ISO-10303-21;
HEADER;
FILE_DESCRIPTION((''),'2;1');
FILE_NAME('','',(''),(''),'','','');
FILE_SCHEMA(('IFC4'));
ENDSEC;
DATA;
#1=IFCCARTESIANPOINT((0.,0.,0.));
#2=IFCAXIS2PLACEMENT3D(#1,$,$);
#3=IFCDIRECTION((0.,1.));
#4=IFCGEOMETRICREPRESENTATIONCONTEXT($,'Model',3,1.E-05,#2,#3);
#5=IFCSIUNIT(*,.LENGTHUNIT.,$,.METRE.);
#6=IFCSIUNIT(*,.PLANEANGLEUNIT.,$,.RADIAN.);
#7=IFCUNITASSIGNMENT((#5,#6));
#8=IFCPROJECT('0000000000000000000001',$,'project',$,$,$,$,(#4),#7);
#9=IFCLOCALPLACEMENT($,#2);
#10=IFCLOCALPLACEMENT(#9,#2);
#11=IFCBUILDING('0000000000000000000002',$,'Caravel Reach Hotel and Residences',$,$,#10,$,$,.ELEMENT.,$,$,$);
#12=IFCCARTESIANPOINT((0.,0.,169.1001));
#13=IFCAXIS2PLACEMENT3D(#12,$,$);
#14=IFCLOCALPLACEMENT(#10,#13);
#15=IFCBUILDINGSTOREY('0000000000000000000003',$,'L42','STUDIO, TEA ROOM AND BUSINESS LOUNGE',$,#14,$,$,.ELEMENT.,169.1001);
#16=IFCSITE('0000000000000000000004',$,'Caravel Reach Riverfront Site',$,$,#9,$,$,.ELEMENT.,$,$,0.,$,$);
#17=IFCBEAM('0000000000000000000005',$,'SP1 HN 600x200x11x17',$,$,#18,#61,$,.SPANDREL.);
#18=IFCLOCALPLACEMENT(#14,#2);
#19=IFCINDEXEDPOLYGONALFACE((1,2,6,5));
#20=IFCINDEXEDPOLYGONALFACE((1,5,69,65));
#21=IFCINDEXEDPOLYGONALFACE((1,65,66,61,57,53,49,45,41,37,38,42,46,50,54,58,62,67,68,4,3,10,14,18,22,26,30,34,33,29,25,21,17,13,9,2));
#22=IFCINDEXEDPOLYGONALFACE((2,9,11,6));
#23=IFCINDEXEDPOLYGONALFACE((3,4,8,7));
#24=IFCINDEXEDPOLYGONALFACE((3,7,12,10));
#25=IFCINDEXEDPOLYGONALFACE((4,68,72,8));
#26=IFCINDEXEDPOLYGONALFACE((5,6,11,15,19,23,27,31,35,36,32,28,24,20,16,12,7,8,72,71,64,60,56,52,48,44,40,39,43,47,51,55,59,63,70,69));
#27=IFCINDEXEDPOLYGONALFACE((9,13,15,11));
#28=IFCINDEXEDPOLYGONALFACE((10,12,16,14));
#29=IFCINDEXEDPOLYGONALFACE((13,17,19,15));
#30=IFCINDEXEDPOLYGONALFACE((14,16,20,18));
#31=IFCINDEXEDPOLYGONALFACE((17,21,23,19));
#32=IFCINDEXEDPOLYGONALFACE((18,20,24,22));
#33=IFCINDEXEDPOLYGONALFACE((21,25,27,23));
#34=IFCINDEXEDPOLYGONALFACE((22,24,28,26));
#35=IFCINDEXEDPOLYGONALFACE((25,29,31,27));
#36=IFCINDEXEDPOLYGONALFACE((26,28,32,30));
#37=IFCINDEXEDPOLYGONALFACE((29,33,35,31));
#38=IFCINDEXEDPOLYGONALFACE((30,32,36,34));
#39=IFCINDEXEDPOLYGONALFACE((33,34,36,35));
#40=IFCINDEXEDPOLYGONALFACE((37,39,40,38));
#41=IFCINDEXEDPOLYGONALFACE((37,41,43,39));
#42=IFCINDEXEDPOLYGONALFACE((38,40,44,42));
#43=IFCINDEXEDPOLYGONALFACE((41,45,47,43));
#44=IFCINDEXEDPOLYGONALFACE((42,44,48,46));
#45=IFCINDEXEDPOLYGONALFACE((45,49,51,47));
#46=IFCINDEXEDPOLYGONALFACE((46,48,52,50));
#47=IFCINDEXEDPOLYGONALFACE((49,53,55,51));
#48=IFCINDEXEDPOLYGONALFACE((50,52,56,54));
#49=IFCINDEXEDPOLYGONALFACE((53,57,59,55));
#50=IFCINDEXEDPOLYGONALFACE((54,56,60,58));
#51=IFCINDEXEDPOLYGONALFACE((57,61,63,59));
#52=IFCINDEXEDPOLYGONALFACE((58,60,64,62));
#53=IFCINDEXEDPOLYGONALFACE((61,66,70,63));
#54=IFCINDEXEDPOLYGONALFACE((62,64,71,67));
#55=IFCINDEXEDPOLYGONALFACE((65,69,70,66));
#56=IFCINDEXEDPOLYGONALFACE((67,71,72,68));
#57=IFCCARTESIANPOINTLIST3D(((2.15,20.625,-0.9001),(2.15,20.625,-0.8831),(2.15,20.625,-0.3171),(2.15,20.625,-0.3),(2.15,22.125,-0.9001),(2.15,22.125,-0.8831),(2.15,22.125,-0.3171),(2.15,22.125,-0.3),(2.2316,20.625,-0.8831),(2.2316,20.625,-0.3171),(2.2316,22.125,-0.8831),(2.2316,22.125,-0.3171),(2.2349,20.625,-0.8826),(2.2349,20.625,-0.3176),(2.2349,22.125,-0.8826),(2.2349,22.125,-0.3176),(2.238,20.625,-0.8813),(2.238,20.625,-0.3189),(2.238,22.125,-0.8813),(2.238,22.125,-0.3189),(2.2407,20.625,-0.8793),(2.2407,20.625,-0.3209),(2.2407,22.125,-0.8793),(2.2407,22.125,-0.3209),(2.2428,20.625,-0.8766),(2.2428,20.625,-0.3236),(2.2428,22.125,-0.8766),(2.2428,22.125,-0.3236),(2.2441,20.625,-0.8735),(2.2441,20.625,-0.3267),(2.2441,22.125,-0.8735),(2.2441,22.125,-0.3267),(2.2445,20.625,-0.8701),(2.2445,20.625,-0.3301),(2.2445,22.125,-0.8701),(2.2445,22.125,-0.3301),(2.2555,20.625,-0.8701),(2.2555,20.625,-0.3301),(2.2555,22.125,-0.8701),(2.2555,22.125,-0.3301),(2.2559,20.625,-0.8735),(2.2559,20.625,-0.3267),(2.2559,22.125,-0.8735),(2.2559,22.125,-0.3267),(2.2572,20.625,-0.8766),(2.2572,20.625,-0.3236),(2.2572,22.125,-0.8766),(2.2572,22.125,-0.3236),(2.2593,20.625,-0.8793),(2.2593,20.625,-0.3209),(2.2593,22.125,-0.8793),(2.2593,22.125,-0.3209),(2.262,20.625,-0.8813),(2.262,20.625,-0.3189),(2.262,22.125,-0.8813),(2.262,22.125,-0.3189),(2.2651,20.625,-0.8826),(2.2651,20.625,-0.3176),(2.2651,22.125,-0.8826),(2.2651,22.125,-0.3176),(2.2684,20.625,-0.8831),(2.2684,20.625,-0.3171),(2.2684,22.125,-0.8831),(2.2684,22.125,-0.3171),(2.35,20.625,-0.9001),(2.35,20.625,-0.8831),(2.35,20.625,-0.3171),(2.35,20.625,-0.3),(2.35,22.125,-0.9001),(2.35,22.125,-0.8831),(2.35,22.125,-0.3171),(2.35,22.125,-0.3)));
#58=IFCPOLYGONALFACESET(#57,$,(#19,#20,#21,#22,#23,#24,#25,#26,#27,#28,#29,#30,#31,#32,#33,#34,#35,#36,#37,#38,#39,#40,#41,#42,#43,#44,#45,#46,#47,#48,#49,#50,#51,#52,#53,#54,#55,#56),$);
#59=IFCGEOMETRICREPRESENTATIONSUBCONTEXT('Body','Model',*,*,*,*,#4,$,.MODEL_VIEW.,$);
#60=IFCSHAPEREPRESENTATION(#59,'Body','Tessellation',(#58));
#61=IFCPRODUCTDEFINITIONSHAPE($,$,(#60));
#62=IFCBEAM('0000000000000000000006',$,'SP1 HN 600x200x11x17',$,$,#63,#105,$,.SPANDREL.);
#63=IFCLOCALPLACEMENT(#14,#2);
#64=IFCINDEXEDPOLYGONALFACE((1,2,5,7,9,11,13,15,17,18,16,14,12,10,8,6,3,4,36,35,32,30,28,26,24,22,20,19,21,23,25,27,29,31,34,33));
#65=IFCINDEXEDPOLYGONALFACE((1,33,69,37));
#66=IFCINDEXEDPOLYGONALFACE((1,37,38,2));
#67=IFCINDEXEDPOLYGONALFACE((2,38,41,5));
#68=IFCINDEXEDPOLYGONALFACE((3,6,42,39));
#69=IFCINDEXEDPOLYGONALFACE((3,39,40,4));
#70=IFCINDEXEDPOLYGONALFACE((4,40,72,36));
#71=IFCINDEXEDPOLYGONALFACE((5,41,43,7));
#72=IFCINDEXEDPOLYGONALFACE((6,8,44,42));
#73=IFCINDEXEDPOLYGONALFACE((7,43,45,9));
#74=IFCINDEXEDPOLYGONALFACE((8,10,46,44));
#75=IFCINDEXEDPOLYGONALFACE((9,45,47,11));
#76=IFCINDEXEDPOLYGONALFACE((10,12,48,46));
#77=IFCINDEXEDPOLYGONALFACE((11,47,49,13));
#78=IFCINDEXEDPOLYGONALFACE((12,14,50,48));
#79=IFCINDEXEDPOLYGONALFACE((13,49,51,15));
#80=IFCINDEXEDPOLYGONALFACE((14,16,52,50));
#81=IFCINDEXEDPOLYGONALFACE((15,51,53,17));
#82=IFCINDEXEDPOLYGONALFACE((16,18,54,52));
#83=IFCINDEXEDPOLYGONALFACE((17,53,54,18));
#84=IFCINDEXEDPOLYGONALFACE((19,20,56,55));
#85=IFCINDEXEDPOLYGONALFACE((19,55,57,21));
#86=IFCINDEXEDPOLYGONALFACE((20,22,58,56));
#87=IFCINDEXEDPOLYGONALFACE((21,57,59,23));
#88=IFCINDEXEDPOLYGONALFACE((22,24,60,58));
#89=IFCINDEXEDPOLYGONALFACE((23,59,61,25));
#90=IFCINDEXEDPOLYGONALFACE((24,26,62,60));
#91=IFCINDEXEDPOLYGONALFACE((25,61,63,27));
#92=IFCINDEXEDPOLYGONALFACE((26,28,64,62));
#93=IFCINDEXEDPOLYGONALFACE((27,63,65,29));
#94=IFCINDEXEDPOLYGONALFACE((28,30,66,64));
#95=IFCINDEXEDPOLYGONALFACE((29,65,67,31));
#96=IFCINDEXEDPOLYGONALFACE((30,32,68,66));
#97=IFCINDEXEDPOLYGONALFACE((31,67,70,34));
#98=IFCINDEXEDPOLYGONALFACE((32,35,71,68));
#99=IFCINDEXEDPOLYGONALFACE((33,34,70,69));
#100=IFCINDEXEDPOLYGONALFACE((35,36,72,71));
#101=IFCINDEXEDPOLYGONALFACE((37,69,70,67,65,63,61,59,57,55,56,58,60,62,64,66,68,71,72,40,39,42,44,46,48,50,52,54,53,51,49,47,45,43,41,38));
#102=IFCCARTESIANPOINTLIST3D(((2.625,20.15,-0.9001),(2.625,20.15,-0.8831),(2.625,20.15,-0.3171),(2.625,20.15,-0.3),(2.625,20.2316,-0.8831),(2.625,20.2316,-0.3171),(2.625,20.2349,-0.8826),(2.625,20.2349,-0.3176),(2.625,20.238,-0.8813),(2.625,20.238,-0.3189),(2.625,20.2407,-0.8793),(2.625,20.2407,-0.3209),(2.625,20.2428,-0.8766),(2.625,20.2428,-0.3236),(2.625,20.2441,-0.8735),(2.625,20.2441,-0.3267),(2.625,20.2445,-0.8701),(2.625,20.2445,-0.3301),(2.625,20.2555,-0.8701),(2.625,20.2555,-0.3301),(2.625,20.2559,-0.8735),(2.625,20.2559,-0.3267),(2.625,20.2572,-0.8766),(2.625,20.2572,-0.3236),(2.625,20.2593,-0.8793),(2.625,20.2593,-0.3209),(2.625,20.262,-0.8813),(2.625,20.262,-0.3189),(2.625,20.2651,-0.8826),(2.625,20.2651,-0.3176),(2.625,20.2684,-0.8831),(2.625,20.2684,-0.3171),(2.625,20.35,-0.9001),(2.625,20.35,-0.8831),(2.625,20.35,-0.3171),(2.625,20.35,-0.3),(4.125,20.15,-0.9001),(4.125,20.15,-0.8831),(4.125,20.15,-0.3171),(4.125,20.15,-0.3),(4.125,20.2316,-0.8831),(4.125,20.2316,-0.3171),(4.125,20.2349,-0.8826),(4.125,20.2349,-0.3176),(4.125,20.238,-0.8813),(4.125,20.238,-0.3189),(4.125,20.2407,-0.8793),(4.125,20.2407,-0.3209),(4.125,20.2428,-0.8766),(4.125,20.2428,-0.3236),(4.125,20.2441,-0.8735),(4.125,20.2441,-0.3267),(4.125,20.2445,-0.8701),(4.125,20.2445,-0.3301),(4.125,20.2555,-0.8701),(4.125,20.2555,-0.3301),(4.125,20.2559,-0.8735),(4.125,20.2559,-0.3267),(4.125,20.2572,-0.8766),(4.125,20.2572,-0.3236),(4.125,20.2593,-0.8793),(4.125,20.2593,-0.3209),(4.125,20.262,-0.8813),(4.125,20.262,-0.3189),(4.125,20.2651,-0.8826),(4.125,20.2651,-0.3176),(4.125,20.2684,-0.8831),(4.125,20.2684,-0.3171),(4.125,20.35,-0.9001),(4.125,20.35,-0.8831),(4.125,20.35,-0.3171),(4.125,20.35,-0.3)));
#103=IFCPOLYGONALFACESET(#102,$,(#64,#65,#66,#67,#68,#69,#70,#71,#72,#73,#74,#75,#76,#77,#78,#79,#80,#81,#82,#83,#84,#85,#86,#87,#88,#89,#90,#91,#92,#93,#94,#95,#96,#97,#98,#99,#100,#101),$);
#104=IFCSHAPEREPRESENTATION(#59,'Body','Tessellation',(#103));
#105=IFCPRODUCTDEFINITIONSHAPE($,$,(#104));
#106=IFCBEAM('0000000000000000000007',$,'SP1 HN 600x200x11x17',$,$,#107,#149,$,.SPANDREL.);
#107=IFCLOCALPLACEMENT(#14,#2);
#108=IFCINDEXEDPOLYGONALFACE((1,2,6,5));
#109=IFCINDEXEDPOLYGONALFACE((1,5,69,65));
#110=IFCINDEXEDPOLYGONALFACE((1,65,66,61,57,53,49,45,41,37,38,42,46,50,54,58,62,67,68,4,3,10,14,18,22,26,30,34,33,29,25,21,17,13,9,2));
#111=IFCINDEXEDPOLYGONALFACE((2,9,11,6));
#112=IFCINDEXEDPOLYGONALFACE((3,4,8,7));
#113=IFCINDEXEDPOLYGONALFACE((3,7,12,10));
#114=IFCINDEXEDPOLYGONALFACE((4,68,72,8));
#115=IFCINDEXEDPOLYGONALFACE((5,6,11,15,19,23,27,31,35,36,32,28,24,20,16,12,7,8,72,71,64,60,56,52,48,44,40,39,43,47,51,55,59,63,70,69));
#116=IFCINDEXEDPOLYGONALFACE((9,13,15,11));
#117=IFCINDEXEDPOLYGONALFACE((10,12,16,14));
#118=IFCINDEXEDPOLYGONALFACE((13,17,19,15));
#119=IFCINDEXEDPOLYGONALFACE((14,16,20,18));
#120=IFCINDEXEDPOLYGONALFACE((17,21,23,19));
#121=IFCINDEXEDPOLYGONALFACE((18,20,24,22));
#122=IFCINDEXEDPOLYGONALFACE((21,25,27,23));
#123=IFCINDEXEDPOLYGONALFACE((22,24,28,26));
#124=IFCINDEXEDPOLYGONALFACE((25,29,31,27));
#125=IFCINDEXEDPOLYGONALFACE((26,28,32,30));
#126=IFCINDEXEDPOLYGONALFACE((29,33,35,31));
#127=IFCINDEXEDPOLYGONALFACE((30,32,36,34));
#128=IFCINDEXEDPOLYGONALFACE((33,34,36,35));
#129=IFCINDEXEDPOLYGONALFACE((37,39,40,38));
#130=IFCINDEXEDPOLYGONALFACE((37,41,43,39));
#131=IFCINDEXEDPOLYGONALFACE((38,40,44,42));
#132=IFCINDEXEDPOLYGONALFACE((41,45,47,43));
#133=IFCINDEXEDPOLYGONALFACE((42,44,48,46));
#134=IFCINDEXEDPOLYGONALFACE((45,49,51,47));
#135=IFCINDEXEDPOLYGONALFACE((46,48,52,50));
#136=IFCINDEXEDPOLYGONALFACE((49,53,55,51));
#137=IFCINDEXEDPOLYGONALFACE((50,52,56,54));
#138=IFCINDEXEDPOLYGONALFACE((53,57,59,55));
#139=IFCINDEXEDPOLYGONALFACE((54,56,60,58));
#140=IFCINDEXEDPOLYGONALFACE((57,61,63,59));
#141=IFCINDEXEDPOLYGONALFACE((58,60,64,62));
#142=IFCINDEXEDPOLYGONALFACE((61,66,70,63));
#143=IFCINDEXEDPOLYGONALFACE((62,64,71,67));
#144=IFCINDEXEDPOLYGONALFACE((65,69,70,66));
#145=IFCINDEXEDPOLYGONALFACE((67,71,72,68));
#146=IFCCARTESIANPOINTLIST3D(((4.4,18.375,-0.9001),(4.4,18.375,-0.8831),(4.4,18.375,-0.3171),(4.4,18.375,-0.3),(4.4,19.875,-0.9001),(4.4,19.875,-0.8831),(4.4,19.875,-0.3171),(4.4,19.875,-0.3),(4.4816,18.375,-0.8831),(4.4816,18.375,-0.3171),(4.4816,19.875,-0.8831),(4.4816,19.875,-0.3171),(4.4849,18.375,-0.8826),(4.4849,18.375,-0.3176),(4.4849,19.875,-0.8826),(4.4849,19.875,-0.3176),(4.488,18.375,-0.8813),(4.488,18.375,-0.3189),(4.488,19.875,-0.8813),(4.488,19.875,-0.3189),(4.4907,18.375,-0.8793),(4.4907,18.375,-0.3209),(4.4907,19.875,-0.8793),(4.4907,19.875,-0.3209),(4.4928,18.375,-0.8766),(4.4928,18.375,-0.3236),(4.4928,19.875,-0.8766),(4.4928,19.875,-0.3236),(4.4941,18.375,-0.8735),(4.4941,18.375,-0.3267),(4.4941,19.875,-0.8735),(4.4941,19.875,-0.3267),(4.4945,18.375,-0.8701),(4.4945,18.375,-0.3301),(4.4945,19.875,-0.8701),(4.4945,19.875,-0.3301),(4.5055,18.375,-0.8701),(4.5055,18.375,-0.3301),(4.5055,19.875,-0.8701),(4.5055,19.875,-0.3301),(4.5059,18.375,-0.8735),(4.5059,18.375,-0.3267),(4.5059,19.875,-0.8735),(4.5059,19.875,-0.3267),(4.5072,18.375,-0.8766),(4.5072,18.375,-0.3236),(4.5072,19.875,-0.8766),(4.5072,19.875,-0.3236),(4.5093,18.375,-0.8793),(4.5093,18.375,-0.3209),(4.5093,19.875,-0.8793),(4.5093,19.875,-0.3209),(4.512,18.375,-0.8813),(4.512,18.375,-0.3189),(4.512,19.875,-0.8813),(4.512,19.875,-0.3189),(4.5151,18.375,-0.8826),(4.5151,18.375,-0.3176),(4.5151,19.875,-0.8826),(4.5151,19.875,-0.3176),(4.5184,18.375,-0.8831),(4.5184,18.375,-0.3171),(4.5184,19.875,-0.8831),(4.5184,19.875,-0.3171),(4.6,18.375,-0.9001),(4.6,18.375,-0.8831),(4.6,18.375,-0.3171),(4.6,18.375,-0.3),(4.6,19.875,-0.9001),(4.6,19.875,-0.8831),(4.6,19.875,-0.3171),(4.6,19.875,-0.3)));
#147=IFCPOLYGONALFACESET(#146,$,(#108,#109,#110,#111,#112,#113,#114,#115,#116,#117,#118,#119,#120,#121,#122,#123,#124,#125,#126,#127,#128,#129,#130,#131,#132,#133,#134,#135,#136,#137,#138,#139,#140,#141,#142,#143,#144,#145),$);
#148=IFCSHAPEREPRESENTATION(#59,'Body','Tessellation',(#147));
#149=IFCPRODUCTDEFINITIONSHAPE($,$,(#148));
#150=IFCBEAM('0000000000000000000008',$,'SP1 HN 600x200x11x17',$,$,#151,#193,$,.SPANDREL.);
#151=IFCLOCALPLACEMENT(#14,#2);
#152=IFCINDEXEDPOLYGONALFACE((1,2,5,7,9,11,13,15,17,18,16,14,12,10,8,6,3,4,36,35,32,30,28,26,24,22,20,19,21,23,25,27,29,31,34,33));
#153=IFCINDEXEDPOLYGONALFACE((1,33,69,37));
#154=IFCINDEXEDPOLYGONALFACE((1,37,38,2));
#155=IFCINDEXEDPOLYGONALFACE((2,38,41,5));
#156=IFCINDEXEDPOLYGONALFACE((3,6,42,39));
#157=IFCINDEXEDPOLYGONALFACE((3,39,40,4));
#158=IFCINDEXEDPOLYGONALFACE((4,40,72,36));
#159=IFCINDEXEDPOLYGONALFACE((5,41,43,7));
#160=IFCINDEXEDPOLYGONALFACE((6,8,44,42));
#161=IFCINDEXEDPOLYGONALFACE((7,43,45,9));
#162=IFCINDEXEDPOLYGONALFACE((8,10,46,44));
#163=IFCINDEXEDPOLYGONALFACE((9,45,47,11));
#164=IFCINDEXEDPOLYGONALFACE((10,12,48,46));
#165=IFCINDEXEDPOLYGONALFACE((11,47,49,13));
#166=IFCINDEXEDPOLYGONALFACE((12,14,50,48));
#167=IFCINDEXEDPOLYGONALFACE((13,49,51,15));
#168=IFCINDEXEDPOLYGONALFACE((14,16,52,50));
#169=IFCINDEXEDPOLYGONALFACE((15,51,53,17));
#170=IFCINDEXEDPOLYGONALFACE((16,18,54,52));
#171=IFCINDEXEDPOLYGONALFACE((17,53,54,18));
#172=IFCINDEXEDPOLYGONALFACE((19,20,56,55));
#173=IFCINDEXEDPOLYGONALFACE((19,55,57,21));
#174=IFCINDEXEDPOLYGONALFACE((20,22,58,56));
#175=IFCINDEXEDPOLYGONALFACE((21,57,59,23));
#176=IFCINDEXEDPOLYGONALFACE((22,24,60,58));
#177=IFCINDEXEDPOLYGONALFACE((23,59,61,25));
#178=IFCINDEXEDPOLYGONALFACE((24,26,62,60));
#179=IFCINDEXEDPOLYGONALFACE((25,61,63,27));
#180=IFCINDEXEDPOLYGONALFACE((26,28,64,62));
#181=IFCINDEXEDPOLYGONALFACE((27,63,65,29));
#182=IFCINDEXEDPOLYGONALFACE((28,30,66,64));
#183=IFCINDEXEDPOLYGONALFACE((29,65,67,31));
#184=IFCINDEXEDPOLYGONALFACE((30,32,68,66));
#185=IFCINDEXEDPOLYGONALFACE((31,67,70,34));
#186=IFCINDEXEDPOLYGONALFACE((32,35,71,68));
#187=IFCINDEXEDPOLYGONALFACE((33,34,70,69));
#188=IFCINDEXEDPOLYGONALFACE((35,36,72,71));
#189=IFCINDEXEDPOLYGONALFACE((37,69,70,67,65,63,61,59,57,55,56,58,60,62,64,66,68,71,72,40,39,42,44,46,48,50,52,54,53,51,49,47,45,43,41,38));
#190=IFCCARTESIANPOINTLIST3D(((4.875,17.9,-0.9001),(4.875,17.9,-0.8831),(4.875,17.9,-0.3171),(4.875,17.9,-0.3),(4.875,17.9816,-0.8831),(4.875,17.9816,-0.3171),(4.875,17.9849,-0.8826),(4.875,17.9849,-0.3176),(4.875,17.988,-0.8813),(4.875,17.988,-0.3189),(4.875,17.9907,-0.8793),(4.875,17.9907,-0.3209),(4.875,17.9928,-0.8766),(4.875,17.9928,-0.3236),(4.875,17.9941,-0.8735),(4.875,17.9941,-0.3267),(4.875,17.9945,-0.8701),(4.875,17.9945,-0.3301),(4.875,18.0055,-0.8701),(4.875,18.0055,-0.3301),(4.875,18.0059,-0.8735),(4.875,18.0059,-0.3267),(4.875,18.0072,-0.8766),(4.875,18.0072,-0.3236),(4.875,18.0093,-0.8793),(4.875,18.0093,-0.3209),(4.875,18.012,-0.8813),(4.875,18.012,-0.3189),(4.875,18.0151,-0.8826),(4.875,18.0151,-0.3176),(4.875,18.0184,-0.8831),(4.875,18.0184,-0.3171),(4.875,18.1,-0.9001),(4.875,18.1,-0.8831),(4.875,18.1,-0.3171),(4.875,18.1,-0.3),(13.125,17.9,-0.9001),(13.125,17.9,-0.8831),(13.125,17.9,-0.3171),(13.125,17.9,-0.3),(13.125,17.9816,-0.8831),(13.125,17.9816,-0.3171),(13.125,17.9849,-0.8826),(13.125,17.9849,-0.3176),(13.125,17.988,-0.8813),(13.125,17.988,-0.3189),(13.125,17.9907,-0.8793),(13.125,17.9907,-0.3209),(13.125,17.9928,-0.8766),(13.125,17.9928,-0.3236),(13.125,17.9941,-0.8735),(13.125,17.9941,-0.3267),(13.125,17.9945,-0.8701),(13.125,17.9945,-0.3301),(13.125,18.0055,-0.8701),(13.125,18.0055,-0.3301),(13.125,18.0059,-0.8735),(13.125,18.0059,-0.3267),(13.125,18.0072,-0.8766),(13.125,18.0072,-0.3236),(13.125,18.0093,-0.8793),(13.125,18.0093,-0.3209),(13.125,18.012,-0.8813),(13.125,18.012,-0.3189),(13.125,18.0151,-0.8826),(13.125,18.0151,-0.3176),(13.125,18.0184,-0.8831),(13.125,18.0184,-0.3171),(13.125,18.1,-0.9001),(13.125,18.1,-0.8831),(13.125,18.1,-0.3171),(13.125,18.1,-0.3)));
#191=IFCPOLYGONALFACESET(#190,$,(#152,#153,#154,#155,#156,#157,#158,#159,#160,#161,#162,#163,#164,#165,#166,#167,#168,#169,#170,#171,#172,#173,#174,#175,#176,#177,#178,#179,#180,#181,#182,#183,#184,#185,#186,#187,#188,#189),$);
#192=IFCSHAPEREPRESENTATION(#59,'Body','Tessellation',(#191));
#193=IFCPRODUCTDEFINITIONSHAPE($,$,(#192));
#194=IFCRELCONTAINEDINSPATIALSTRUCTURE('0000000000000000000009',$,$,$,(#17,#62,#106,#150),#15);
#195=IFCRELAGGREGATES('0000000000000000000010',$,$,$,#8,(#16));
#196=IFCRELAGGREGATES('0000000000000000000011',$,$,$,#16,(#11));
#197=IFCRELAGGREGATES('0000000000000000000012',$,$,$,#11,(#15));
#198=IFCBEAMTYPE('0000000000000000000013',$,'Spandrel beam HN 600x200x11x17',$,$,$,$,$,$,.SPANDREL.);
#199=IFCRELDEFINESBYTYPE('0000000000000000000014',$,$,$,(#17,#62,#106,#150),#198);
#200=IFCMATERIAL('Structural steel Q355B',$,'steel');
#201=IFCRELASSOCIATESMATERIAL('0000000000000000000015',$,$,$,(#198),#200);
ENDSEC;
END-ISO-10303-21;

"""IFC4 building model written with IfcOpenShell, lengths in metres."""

from ifc_helpers import new_model, si_unit, direction, frame, origin, origin_2d, place, context, subcontext, project, spatial, i_section, extrude, material, material_profile, profile_set, type_object, element, save


model = new_model("IFC4")

# Units and contexts
model_context = context("Model", 3, precision=1e-05, world=origin(), true_north=direction((0.0, 1.0)))
body_context = subcontext(model_context, "Body", "Model", "MODEL_VIEW")
ifc_project = project(units=[si_unit("LENGTHUNIT", "METRE"), si_unit("PLANEANGLEUNIT", "RADIAN")], contexts=[model_context])

# Site, building, storey
site_placement = place(None, origin())
site = spatial("IfcSite", under=ifc_project, at=site_placement, Name="Caravel Reach Riverfront Site", CompositionType="ELEMENT", RefElevation=0.0)
building_placement = place(site_placement, origin())
building = spatial("IfcBuilding", under=site, at=building_placement, Name="Caravel Reach Hotel and Residences", CompositionType="ELEMENT")
storey_placement = place(building_placement, frame((0.0, 0.0, 169.1001)))
storey = spatial("IfcBuildingStorey", under=building, at=storey_placement, Name="L42", Description="STUDIO, TEA ROOM AND BUSINESS LOUNGE", CompositionType="ELEMENT", Elevation=169.1001)

# Beams
ifc_material_1 = material(Name="Structural steel Q355B", Category="steel")
ifc_material_profile_1 = material_profile(ifc_material_1, i_section(OverallWidth=0.2, OverallDepth=0.6001, WebThickness=0.011, FlangeThickness=0.0171, FilletRadius=0.0129, at=origin_2d()), Name="HN 600x200x11x17")
ifc_profile_set_1 = profile_set([ifc_material_profile_1], Name="Structural steel Q355B")
beam_type_1 = type_object("IfcBeamType", Name="Spandrel beam HN 600x200x11x17", PredefinedType="SPANDREL", material=ifc_profile_set_1)
for number, where, z_axis, x_axis, name in (
    (1, (2.25, 22.125, -0.6001), (0.0, -1.0, 0.0), (1.0, 0.0, 0.0), "SP1 HN 600x200x11x17"),
    (2, (2.625, 20.25, -0.6001), (1.0, 0.0, 0.0), (0.0, 1.0, 0.0), "SP1 HN 600x200x11x17"),
    (3, (4.5, 19.875, -0.6001), (0.0, -1.0, 0.0), (1.0, 0.0, 0.0), "SP1 HN 600x200x11x17"),
):
    element("IfcBeam", number, at=place(storey_placement, frame(where, z_axis=z_axis, x_axis=x_axis)), inside=storey, type_object=beam_type_1, Name=name, PredefinedType="SPANDREL", context=body_context, shape_type="SweptSolid", body=[
        extrude(i_section(OverallWidth=0.2, OverallDepth=0.6001, WebThickness=0.011, FlangeThickness=0.0171, FilletRadius=0.0129, at=origin_2d()), origin(), (0.0, 0.0, 1.0), 1.5),
    ])
beam_1_placement = place(storey_placement, frame((4.875, 18.0, -0.6001), z_axis=(1.0, 0.0, 0.0), x_axis=(0.0, 1.0, 0.0)))
element("IfcBeam", 4, at=beam_1_placement, inside=storey, type_object=beam_type_1, Name="SP1 HN 600x200x11x17", PredefinedType="SPANDREL", context=body_context, shape_type="SweptSolid", body=[
    extrude(i_section(OverallWidth=0.2, OverallDepth=0.6001, WebThickness=0.011, FlangeThickness=0.0171, FilletRadius=0.0129, at=origin_2d()), origin(), (0.0, 0.0, 1.0), 8.25),
])

save(model, "model.ifc")
